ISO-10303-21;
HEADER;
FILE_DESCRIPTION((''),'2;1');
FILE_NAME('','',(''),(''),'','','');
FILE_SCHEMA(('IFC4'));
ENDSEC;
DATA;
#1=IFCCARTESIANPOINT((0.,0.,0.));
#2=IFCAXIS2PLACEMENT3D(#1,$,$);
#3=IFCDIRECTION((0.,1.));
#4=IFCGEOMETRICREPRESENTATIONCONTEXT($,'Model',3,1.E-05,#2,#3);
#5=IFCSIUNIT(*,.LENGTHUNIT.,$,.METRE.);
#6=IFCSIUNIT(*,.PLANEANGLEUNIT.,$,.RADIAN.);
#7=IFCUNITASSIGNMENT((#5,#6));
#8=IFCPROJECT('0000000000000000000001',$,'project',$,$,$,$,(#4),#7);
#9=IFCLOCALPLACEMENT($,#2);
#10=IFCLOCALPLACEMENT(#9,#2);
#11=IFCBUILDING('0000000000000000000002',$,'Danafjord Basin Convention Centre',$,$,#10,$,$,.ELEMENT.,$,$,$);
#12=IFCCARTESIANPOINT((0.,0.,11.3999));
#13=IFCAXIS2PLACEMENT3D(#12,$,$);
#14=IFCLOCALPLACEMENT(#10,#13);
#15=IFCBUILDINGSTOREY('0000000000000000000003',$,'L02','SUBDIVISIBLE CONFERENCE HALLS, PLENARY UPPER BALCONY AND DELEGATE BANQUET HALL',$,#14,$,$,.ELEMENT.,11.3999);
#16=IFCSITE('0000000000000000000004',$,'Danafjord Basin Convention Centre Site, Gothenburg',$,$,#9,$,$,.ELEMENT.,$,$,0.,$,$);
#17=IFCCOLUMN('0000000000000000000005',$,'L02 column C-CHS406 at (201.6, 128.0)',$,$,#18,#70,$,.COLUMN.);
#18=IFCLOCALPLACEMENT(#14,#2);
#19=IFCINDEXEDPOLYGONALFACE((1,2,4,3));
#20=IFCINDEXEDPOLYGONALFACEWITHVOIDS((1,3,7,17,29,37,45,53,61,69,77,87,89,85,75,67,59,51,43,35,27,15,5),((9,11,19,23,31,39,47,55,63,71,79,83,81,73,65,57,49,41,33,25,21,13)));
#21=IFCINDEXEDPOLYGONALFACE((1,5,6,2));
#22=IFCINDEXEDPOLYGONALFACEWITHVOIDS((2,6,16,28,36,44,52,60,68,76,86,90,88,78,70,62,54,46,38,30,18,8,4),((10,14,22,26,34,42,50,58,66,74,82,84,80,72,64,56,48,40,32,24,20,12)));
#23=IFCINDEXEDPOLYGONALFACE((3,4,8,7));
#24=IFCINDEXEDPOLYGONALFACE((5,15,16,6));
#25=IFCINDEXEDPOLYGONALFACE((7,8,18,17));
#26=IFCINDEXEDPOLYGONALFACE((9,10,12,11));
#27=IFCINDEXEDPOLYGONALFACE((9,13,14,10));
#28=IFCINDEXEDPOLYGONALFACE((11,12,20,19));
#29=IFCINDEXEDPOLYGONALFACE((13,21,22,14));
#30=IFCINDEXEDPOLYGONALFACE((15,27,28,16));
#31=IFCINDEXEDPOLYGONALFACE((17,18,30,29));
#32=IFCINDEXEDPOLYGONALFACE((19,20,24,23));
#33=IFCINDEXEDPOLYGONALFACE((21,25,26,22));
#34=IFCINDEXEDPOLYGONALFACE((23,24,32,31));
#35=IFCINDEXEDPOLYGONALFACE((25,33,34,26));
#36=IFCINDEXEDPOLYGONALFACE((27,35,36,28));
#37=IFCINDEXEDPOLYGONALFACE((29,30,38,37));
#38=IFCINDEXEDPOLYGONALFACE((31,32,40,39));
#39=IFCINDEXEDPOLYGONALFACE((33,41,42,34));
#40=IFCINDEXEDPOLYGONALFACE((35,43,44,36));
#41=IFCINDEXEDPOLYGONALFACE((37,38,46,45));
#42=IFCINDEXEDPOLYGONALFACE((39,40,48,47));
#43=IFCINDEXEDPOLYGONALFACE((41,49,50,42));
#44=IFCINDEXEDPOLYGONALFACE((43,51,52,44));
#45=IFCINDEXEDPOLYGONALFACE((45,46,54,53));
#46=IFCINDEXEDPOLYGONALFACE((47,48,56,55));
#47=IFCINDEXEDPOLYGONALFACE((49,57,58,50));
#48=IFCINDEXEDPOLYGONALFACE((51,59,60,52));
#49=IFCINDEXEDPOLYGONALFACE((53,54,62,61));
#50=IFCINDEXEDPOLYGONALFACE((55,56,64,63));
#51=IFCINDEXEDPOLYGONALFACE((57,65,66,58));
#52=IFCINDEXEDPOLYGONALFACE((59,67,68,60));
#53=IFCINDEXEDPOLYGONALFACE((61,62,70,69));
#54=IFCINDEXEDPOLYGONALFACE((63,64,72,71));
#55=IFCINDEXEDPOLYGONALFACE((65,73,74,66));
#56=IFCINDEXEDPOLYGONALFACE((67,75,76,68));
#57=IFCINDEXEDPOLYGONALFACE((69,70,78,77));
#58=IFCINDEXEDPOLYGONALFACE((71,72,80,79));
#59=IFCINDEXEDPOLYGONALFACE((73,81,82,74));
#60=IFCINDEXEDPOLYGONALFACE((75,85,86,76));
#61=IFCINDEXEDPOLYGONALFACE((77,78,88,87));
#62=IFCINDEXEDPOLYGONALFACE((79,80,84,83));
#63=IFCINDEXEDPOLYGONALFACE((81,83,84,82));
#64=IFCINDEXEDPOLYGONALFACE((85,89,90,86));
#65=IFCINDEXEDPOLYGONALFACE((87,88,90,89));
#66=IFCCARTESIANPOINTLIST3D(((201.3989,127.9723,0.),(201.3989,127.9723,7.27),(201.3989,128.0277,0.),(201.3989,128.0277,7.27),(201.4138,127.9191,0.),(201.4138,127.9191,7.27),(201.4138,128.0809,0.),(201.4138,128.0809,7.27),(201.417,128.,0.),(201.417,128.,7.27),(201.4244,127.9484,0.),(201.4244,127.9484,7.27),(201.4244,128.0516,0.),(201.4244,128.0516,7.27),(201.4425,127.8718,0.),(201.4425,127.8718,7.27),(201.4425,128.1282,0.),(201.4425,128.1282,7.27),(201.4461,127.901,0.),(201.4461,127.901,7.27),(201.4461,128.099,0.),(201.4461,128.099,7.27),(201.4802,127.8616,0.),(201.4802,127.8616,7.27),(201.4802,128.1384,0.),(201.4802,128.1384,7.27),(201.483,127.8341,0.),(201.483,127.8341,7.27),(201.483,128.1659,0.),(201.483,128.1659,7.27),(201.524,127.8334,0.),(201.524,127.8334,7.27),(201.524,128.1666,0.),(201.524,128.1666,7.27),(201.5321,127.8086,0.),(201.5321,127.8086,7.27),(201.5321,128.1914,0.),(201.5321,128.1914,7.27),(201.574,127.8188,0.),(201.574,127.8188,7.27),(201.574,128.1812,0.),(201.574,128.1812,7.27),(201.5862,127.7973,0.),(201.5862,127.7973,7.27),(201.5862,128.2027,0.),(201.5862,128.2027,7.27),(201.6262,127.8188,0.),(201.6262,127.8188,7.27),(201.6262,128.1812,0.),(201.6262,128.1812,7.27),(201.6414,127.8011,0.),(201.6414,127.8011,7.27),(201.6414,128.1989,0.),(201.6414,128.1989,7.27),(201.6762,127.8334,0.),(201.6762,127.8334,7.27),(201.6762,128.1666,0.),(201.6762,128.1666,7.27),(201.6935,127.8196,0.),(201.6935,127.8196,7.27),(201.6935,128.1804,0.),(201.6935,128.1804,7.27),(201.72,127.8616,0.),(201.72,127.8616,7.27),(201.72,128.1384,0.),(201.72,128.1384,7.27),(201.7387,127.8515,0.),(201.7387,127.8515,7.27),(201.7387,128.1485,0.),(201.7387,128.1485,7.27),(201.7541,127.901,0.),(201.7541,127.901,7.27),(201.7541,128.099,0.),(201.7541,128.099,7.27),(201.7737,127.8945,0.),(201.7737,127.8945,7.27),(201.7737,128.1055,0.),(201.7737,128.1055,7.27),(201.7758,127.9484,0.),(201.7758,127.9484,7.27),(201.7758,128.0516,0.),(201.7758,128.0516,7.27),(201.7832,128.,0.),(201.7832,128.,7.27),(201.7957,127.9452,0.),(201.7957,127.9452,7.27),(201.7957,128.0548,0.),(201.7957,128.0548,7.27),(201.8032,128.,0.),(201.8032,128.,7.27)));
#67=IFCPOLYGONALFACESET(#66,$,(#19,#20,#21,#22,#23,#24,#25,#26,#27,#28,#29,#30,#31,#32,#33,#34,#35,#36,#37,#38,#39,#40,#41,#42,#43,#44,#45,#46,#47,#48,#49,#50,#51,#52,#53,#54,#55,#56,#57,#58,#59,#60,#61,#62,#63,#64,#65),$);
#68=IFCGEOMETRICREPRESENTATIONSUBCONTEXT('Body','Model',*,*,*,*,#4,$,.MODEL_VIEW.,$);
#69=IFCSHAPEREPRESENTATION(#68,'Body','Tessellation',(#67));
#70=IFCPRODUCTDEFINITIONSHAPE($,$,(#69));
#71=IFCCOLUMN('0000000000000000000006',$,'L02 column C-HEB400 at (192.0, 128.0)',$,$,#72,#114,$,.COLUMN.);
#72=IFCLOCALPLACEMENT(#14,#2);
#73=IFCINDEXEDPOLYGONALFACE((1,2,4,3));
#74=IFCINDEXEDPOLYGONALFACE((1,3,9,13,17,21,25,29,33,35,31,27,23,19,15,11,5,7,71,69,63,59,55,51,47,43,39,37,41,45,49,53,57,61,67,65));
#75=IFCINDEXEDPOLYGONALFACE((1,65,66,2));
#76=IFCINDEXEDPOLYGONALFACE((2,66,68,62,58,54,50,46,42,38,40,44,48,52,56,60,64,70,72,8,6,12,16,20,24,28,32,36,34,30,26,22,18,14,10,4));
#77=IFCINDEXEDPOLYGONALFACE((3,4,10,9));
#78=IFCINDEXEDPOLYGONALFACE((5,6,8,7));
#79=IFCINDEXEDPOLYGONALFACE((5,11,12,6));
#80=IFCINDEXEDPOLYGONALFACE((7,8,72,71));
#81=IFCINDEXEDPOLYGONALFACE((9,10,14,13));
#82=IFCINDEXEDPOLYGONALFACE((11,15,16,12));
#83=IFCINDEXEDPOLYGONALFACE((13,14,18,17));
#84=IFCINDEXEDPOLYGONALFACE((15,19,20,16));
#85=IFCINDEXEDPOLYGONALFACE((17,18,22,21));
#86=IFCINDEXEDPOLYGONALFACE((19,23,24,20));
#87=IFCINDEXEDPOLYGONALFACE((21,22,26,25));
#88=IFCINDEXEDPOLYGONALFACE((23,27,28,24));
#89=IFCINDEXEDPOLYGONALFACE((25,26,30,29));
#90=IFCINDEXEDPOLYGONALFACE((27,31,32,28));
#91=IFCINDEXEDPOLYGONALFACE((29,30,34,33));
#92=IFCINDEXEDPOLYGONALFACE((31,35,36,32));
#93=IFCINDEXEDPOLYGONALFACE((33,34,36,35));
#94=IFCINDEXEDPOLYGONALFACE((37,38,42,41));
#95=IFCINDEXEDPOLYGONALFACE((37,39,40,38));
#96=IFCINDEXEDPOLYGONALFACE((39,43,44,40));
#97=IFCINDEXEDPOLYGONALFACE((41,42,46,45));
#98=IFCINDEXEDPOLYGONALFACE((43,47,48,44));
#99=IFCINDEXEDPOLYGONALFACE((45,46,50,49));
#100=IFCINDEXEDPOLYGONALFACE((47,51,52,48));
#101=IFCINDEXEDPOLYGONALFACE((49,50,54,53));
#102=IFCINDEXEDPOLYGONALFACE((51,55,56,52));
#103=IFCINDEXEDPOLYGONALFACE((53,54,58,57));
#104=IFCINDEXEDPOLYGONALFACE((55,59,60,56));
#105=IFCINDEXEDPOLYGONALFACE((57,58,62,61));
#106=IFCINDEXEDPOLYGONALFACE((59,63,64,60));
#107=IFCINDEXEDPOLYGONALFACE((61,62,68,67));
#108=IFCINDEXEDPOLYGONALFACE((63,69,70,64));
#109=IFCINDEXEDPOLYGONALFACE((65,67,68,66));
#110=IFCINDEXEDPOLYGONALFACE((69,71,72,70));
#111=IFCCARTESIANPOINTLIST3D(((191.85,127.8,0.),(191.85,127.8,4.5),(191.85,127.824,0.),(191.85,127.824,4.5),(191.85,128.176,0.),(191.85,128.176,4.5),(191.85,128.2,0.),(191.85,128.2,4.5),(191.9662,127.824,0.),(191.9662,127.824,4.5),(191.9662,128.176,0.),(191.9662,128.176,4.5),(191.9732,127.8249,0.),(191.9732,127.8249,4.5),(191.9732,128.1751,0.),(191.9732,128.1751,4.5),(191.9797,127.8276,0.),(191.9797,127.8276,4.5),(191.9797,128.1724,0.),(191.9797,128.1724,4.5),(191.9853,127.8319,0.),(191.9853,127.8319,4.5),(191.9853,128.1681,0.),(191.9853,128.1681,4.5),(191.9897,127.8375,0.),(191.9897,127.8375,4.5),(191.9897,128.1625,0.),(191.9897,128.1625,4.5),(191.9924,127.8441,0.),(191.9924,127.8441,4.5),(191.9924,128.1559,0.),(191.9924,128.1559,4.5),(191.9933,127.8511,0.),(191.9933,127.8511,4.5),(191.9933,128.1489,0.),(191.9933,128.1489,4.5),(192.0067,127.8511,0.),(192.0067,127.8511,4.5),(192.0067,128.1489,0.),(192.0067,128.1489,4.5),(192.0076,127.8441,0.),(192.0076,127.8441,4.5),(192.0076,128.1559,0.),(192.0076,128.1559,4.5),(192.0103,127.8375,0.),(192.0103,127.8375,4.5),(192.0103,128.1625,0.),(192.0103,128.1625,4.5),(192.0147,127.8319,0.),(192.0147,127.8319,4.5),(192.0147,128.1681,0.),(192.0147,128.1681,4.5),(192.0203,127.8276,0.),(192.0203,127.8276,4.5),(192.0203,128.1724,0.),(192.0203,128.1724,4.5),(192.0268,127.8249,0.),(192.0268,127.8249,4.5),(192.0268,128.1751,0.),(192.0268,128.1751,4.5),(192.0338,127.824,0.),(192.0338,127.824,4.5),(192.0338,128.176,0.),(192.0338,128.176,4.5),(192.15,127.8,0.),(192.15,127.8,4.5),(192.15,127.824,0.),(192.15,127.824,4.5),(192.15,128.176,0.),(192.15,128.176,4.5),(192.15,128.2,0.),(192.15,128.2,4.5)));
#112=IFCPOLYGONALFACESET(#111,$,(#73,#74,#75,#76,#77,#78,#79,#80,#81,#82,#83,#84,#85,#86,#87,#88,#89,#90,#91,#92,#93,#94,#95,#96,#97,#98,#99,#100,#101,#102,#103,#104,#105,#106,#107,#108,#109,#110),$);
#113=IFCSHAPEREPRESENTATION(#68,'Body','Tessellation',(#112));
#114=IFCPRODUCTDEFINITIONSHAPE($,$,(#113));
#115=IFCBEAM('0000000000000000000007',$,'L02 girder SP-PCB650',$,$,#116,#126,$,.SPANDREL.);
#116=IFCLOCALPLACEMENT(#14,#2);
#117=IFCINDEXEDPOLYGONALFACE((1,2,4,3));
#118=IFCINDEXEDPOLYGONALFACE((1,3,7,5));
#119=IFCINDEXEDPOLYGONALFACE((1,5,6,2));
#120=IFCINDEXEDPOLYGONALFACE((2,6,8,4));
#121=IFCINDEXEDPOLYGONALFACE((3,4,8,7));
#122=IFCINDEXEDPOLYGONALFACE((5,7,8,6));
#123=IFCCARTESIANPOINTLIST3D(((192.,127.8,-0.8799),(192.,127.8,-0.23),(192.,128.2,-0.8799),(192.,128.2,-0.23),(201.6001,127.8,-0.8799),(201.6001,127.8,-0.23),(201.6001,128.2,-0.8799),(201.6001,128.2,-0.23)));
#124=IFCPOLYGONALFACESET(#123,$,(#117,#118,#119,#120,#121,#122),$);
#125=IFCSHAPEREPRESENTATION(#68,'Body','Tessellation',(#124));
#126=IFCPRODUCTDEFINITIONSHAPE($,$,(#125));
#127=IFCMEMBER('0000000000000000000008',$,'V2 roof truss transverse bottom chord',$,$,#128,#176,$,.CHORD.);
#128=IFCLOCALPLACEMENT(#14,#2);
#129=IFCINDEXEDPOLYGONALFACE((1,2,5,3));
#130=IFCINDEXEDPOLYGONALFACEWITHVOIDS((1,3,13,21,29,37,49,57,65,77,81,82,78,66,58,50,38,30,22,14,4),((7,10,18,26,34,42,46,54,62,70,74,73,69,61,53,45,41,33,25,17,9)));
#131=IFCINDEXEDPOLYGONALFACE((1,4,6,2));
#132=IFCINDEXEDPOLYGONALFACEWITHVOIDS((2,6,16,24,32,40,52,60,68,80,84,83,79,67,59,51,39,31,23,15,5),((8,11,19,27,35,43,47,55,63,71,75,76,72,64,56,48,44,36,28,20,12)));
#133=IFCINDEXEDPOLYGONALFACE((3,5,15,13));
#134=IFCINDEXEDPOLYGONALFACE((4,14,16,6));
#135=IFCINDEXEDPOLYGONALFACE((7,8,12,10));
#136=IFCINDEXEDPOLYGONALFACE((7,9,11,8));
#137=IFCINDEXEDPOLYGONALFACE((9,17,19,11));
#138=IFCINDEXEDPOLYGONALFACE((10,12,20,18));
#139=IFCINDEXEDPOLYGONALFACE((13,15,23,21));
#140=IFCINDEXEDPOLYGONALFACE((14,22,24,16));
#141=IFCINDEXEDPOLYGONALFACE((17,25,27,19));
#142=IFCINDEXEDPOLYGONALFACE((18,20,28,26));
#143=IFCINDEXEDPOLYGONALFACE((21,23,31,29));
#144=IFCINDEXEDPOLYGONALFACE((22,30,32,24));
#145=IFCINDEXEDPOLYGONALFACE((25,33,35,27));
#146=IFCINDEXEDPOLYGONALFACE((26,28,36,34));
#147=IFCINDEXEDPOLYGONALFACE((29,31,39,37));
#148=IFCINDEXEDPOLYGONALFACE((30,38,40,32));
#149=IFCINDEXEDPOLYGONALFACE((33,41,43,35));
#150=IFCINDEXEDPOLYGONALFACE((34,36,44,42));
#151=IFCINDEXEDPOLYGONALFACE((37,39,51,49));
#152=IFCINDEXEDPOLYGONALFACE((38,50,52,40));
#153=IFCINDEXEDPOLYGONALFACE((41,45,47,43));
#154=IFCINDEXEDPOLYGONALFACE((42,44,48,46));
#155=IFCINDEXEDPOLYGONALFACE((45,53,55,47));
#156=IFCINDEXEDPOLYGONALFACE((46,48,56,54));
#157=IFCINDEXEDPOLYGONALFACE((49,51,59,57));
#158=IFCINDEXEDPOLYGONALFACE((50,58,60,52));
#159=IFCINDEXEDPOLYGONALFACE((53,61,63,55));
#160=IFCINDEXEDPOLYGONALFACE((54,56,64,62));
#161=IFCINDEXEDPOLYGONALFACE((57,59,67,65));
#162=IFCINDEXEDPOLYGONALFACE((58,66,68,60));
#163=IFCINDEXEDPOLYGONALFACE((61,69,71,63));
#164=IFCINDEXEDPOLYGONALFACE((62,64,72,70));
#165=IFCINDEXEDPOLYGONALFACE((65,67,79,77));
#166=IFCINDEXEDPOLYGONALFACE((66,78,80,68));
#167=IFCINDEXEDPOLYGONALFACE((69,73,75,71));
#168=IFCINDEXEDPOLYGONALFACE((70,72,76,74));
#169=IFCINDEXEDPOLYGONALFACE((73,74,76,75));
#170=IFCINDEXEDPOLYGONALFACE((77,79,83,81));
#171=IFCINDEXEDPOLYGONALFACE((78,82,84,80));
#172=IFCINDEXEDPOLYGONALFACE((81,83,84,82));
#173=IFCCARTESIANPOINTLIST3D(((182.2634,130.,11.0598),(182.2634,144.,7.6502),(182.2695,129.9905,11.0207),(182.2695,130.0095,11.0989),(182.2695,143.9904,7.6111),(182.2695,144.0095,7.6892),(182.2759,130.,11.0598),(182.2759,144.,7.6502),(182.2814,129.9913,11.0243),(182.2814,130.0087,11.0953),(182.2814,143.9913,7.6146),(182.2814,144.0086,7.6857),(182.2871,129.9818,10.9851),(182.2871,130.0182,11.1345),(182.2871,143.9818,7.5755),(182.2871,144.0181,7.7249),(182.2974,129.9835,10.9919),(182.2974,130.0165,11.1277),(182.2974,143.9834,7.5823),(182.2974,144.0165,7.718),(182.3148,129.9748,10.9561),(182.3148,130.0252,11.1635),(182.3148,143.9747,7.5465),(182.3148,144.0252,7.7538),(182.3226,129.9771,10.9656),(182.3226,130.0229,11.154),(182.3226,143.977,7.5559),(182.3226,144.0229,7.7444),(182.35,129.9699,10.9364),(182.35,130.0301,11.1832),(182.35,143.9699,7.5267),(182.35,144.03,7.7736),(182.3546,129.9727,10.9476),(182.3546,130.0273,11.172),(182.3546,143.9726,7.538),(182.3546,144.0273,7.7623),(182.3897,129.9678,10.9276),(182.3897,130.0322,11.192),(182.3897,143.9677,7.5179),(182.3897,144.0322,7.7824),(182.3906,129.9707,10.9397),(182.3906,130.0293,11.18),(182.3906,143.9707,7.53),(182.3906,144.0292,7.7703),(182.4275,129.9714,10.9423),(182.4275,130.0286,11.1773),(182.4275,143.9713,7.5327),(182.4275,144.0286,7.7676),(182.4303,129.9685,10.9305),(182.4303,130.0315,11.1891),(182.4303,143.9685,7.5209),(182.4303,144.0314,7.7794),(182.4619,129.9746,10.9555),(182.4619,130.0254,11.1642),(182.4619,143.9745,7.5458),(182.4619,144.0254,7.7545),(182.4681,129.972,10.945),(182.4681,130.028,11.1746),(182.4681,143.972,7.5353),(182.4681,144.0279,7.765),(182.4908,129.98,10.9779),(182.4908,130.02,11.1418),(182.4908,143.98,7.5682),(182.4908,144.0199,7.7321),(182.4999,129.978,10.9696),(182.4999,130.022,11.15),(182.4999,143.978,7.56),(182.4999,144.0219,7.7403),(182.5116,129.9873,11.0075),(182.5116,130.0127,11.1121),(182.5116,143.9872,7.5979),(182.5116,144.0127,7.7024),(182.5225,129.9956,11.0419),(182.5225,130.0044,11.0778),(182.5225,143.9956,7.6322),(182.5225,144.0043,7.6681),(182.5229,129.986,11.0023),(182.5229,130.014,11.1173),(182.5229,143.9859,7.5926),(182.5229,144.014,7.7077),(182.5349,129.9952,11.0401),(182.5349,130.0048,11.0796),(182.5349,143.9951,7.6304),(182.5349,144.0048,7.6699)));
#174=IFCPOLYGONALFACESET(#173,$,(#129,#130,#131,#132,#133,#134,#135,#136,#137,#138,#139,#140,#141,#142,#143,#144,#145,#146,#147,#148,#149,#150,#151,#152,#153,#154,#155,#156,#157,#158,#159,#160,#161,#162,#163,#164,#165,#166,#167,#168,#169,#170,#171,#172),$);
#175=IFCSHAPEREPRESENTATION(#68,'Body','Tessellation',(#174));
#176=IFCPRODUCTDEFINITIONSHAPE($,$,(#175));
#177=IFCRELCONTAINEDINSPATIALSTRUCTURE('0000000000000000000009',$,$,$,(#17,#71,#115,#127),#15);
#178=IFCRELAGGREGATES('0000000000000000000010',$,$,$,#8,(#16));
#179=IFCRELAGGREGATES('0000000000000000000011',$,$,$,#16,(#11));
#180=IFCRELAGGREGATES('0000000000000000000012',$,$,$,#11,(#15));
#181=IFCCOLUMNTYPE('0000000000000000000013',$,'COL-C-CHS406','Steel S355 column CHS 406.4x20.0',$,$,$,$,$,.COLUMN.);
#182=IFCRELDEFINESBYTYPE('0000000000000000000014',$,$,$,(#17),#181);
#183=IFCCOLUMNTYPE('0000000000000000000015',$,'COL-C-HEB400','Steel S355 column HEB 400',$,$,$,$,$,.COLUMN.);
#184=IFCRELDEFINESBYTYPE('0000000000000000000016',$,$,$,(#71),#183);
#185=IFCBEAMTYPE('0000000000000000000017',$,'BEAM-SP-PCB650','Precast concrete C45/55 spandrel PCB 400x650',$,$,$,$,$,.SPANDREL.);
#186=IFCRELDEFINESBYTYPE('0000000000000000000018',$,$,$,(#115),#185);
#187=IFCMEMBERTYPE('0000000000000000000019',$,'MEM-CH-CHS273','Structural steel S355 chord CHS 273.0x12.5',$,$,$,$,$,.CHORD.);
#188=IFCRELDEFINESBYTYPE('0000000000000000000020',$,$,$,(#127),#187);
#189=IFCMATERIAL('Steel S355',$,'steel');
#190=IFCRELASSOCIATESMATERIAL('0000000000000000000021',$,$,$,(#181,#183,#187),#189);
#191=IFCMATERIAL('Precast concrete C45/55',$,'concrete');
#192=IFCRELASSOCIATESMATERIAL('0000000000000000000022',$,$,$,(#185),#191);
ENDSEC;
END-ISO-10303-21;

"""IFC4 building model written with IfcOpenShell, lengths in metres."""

from ifc_helpers import new_model, si_unit, direction, frame, origin, origin_2d, place, context, subcontext, project, spatial, rectangle, hollow_circle, i_section, extrude, material, material_profile, profile_set, type_object, element, save


model = new_model("IFC4")

# Units and contexts
model_context = context("Model", 3, precision=1e-05, world=origin(), true_north=direction((0.0, 1.0)))
body_context = subcontext(model_context, "Body", "Model", "MODEL_VIEW")
ifc_project = project(units=[si_unit("LENGTHUNIT", "METRE"), si_unit("PLANEANGLEUNIT", "RADIAN")], contexts=[model_context])

# Site, building, storey
site_placement = place(None, origin())
site = spatial("IfcSite", under=ifc_project, at=site_placement, Name="Danafjord Basin Convention Centre Site, Gothenburg", CompositionType="ELEMENT", RefElevation=0.0)
building_placement = place(site_placement, origin())
building = spatial("IfcBuilding", under=site, at=building_placement, Name="Danafjord Basin Convention Centre", CompositionType="ELEMENT")
storey_placement = place(building_placement, frame((0.0, 0.0, 11.3999)))
storey = spatial("IfcBuildingStorey", under=building, at=storey_placement, Name="L02", Description="SUBDIVISIBLE CONFERENCE HALLS, PLENARY UPPER BALCONY AND DELEGATE BANQUET HALL", CompositionType="ELEMENT", Elevation=11.3999)

# Columns
ifc_material_1 = material(Name="Steel S355", Category="steel")
ifc_material_profile_1 = material_profile(ifc_material_1, hollow_circle(Radius=0.2031, WallThickness=0.02, at=origin_2d()), Name="CHS 406.4x20.0")
ifc_profile_set_1 = profile_set([ifc_material_profile_1], Name="Steel S355")
column_type_1 = type_object("IfcColumnType", Name="COL-C-CHS406", Description="Steel S355 column CHS 406.4x20.0", PredefinedType="COLUMN", material=ifc_profile_set_1)
column_1_placement = place(storey_placement, frame((201.6001, 128.0, 0.0), z_axis=(0.0, 0.0, 1.0), x_axis=(1.0, 0.0, 0.0)))
element("IfcColumn", 1, at=column_1_placement, inside=storey, type_object=column_type_1, Name="L02 column C-CHS406 at (201.6, 128.0)", PredefinedType="COLUMN", context=body_context, shape_type="SweptSolid", body=[
    extrude(hollow_circle(Radius=0.2031, WallThickness=0.02, at=origin_2d()), origin(), (0.0, 0.0, 1.0), 7.27),
])
ifc_material_profile_2 = material_profile(ifc_material_1, i_section(OverallWidth=0.3, OverallDepth=0.3999, WebThickness=0.0134, FlangeThickness=0.0239, FilletRadius=0.0271, at=origin_2d()), Name="HEB 400")
ifc_profile_set_2 = profile_set([ifc_material_profile_2], Name="Steel S355")
column_type_2 = type_object("IfcColumnType", Name="COL-C-HEB400", Description="Steel S355 column HEB 400", PredefinedType="COLUMN", material=ifc_profile_set_2)
column_2_placement = place(storey_placement, frame((192.0, 128.0, 0.0), z_axis=(0.0, 0.0, 1.0), x_axis=(1.0, 0.0, 0.0)))
element("IfcColumn", 2, at=column_2_placement, inside=storey, type_object=column_type_2, Name="L02 column C-HEB400 at (192.0, 128.0)", PredefinedType="COLUMN", context=body_context, shape_type="SweptSolid", body=[
    extrude(i_section(OverallWidth=0.3, OverallDepth=0.3999, WebThickness=0.0134, FlangeThickness=0.0239, FilletRadius=0.0271, at=origin_2d()), origin(), (0.0, 0.0, 1.0), 4.5),
])

# Beam
ifc_material_2 = material(Name="Precast concrete C45/55", Category="concrete")
ifc_material_profile_3 = material_profile(ifc_material_2, rectangle(XDim=0.3999, YDim=0.6499, at=origin_2d()), Name="PCB 400x650")
ifc_profile_set_3 = profile_set([ifc_material_profile_3], Name="Precast concrete C45/55")
beam_type = type_object("IfcBeamType", Name="BEAM-SP-PCB650", Description="Precast concrete C45/55 spandrel PCB 400x650", PredefinedType="SPANDREL", material=ifc_profile_set_3)
beam_placement = place(storey_placement, frame((192.0, 128.0, -0.5549), z_axis=(1.0, 0.0, 0.0), x_axis=(0.0, 1.0, 0.0)))
element("IfcBeam", 3, at=beam_placement, inside=storey, type_object=beam_type, Name="L02 girder SP-PCB650", PredefinedType="SPANDREL", context=body_context, shape_type="SweptSolid", body=[
    extrude(rectangle(XDim=0.3999, YDim=0.6499, at=origin_2d()), origin(), (0.0, 0.0, 1.0), 9.6001),
])

# Member
ifc_material_profile_4 = material_profile(ifc_material_1, hollow_circle(Radius=0.1365, WallThickness=0.0125, at=origin_2d()), Name="CHS 273.0x12.5")
ifc_profile_set_4 = profile_set([ifc_material_profile_4], Name="Steel S355")
member_type_1 = type_object("IfcMemberType", Name="MEM-CH-CHS273", Description="Structural steel S355 chord CHS 273.0x12.5", PredefinedType="CHORD", material=ifc_profile_set_4)
member_1_placement = place(storey_placement, frame((182.3999, 130.0, 11.0598), z_axis=(0.0, 0.9716, -0.236631), x_axis=(-1.0, 0.0, 0.0)))
element("IfcMember", 4, at=member_1_placement, inside=storey, type_object=member_type_1, Name="V2 roof truss transverse bottom chord", PredefinedType="CHORD", context=body_context, shape_type="SweptSolid", body=[
    extrude(hollow_circle(Radius=0.1365, WallThickness=0.0125, at=origin_2d()), origin(), (0.0, 0.0, 1.0), 14.4092),
])

save(model, "model.ifc")
